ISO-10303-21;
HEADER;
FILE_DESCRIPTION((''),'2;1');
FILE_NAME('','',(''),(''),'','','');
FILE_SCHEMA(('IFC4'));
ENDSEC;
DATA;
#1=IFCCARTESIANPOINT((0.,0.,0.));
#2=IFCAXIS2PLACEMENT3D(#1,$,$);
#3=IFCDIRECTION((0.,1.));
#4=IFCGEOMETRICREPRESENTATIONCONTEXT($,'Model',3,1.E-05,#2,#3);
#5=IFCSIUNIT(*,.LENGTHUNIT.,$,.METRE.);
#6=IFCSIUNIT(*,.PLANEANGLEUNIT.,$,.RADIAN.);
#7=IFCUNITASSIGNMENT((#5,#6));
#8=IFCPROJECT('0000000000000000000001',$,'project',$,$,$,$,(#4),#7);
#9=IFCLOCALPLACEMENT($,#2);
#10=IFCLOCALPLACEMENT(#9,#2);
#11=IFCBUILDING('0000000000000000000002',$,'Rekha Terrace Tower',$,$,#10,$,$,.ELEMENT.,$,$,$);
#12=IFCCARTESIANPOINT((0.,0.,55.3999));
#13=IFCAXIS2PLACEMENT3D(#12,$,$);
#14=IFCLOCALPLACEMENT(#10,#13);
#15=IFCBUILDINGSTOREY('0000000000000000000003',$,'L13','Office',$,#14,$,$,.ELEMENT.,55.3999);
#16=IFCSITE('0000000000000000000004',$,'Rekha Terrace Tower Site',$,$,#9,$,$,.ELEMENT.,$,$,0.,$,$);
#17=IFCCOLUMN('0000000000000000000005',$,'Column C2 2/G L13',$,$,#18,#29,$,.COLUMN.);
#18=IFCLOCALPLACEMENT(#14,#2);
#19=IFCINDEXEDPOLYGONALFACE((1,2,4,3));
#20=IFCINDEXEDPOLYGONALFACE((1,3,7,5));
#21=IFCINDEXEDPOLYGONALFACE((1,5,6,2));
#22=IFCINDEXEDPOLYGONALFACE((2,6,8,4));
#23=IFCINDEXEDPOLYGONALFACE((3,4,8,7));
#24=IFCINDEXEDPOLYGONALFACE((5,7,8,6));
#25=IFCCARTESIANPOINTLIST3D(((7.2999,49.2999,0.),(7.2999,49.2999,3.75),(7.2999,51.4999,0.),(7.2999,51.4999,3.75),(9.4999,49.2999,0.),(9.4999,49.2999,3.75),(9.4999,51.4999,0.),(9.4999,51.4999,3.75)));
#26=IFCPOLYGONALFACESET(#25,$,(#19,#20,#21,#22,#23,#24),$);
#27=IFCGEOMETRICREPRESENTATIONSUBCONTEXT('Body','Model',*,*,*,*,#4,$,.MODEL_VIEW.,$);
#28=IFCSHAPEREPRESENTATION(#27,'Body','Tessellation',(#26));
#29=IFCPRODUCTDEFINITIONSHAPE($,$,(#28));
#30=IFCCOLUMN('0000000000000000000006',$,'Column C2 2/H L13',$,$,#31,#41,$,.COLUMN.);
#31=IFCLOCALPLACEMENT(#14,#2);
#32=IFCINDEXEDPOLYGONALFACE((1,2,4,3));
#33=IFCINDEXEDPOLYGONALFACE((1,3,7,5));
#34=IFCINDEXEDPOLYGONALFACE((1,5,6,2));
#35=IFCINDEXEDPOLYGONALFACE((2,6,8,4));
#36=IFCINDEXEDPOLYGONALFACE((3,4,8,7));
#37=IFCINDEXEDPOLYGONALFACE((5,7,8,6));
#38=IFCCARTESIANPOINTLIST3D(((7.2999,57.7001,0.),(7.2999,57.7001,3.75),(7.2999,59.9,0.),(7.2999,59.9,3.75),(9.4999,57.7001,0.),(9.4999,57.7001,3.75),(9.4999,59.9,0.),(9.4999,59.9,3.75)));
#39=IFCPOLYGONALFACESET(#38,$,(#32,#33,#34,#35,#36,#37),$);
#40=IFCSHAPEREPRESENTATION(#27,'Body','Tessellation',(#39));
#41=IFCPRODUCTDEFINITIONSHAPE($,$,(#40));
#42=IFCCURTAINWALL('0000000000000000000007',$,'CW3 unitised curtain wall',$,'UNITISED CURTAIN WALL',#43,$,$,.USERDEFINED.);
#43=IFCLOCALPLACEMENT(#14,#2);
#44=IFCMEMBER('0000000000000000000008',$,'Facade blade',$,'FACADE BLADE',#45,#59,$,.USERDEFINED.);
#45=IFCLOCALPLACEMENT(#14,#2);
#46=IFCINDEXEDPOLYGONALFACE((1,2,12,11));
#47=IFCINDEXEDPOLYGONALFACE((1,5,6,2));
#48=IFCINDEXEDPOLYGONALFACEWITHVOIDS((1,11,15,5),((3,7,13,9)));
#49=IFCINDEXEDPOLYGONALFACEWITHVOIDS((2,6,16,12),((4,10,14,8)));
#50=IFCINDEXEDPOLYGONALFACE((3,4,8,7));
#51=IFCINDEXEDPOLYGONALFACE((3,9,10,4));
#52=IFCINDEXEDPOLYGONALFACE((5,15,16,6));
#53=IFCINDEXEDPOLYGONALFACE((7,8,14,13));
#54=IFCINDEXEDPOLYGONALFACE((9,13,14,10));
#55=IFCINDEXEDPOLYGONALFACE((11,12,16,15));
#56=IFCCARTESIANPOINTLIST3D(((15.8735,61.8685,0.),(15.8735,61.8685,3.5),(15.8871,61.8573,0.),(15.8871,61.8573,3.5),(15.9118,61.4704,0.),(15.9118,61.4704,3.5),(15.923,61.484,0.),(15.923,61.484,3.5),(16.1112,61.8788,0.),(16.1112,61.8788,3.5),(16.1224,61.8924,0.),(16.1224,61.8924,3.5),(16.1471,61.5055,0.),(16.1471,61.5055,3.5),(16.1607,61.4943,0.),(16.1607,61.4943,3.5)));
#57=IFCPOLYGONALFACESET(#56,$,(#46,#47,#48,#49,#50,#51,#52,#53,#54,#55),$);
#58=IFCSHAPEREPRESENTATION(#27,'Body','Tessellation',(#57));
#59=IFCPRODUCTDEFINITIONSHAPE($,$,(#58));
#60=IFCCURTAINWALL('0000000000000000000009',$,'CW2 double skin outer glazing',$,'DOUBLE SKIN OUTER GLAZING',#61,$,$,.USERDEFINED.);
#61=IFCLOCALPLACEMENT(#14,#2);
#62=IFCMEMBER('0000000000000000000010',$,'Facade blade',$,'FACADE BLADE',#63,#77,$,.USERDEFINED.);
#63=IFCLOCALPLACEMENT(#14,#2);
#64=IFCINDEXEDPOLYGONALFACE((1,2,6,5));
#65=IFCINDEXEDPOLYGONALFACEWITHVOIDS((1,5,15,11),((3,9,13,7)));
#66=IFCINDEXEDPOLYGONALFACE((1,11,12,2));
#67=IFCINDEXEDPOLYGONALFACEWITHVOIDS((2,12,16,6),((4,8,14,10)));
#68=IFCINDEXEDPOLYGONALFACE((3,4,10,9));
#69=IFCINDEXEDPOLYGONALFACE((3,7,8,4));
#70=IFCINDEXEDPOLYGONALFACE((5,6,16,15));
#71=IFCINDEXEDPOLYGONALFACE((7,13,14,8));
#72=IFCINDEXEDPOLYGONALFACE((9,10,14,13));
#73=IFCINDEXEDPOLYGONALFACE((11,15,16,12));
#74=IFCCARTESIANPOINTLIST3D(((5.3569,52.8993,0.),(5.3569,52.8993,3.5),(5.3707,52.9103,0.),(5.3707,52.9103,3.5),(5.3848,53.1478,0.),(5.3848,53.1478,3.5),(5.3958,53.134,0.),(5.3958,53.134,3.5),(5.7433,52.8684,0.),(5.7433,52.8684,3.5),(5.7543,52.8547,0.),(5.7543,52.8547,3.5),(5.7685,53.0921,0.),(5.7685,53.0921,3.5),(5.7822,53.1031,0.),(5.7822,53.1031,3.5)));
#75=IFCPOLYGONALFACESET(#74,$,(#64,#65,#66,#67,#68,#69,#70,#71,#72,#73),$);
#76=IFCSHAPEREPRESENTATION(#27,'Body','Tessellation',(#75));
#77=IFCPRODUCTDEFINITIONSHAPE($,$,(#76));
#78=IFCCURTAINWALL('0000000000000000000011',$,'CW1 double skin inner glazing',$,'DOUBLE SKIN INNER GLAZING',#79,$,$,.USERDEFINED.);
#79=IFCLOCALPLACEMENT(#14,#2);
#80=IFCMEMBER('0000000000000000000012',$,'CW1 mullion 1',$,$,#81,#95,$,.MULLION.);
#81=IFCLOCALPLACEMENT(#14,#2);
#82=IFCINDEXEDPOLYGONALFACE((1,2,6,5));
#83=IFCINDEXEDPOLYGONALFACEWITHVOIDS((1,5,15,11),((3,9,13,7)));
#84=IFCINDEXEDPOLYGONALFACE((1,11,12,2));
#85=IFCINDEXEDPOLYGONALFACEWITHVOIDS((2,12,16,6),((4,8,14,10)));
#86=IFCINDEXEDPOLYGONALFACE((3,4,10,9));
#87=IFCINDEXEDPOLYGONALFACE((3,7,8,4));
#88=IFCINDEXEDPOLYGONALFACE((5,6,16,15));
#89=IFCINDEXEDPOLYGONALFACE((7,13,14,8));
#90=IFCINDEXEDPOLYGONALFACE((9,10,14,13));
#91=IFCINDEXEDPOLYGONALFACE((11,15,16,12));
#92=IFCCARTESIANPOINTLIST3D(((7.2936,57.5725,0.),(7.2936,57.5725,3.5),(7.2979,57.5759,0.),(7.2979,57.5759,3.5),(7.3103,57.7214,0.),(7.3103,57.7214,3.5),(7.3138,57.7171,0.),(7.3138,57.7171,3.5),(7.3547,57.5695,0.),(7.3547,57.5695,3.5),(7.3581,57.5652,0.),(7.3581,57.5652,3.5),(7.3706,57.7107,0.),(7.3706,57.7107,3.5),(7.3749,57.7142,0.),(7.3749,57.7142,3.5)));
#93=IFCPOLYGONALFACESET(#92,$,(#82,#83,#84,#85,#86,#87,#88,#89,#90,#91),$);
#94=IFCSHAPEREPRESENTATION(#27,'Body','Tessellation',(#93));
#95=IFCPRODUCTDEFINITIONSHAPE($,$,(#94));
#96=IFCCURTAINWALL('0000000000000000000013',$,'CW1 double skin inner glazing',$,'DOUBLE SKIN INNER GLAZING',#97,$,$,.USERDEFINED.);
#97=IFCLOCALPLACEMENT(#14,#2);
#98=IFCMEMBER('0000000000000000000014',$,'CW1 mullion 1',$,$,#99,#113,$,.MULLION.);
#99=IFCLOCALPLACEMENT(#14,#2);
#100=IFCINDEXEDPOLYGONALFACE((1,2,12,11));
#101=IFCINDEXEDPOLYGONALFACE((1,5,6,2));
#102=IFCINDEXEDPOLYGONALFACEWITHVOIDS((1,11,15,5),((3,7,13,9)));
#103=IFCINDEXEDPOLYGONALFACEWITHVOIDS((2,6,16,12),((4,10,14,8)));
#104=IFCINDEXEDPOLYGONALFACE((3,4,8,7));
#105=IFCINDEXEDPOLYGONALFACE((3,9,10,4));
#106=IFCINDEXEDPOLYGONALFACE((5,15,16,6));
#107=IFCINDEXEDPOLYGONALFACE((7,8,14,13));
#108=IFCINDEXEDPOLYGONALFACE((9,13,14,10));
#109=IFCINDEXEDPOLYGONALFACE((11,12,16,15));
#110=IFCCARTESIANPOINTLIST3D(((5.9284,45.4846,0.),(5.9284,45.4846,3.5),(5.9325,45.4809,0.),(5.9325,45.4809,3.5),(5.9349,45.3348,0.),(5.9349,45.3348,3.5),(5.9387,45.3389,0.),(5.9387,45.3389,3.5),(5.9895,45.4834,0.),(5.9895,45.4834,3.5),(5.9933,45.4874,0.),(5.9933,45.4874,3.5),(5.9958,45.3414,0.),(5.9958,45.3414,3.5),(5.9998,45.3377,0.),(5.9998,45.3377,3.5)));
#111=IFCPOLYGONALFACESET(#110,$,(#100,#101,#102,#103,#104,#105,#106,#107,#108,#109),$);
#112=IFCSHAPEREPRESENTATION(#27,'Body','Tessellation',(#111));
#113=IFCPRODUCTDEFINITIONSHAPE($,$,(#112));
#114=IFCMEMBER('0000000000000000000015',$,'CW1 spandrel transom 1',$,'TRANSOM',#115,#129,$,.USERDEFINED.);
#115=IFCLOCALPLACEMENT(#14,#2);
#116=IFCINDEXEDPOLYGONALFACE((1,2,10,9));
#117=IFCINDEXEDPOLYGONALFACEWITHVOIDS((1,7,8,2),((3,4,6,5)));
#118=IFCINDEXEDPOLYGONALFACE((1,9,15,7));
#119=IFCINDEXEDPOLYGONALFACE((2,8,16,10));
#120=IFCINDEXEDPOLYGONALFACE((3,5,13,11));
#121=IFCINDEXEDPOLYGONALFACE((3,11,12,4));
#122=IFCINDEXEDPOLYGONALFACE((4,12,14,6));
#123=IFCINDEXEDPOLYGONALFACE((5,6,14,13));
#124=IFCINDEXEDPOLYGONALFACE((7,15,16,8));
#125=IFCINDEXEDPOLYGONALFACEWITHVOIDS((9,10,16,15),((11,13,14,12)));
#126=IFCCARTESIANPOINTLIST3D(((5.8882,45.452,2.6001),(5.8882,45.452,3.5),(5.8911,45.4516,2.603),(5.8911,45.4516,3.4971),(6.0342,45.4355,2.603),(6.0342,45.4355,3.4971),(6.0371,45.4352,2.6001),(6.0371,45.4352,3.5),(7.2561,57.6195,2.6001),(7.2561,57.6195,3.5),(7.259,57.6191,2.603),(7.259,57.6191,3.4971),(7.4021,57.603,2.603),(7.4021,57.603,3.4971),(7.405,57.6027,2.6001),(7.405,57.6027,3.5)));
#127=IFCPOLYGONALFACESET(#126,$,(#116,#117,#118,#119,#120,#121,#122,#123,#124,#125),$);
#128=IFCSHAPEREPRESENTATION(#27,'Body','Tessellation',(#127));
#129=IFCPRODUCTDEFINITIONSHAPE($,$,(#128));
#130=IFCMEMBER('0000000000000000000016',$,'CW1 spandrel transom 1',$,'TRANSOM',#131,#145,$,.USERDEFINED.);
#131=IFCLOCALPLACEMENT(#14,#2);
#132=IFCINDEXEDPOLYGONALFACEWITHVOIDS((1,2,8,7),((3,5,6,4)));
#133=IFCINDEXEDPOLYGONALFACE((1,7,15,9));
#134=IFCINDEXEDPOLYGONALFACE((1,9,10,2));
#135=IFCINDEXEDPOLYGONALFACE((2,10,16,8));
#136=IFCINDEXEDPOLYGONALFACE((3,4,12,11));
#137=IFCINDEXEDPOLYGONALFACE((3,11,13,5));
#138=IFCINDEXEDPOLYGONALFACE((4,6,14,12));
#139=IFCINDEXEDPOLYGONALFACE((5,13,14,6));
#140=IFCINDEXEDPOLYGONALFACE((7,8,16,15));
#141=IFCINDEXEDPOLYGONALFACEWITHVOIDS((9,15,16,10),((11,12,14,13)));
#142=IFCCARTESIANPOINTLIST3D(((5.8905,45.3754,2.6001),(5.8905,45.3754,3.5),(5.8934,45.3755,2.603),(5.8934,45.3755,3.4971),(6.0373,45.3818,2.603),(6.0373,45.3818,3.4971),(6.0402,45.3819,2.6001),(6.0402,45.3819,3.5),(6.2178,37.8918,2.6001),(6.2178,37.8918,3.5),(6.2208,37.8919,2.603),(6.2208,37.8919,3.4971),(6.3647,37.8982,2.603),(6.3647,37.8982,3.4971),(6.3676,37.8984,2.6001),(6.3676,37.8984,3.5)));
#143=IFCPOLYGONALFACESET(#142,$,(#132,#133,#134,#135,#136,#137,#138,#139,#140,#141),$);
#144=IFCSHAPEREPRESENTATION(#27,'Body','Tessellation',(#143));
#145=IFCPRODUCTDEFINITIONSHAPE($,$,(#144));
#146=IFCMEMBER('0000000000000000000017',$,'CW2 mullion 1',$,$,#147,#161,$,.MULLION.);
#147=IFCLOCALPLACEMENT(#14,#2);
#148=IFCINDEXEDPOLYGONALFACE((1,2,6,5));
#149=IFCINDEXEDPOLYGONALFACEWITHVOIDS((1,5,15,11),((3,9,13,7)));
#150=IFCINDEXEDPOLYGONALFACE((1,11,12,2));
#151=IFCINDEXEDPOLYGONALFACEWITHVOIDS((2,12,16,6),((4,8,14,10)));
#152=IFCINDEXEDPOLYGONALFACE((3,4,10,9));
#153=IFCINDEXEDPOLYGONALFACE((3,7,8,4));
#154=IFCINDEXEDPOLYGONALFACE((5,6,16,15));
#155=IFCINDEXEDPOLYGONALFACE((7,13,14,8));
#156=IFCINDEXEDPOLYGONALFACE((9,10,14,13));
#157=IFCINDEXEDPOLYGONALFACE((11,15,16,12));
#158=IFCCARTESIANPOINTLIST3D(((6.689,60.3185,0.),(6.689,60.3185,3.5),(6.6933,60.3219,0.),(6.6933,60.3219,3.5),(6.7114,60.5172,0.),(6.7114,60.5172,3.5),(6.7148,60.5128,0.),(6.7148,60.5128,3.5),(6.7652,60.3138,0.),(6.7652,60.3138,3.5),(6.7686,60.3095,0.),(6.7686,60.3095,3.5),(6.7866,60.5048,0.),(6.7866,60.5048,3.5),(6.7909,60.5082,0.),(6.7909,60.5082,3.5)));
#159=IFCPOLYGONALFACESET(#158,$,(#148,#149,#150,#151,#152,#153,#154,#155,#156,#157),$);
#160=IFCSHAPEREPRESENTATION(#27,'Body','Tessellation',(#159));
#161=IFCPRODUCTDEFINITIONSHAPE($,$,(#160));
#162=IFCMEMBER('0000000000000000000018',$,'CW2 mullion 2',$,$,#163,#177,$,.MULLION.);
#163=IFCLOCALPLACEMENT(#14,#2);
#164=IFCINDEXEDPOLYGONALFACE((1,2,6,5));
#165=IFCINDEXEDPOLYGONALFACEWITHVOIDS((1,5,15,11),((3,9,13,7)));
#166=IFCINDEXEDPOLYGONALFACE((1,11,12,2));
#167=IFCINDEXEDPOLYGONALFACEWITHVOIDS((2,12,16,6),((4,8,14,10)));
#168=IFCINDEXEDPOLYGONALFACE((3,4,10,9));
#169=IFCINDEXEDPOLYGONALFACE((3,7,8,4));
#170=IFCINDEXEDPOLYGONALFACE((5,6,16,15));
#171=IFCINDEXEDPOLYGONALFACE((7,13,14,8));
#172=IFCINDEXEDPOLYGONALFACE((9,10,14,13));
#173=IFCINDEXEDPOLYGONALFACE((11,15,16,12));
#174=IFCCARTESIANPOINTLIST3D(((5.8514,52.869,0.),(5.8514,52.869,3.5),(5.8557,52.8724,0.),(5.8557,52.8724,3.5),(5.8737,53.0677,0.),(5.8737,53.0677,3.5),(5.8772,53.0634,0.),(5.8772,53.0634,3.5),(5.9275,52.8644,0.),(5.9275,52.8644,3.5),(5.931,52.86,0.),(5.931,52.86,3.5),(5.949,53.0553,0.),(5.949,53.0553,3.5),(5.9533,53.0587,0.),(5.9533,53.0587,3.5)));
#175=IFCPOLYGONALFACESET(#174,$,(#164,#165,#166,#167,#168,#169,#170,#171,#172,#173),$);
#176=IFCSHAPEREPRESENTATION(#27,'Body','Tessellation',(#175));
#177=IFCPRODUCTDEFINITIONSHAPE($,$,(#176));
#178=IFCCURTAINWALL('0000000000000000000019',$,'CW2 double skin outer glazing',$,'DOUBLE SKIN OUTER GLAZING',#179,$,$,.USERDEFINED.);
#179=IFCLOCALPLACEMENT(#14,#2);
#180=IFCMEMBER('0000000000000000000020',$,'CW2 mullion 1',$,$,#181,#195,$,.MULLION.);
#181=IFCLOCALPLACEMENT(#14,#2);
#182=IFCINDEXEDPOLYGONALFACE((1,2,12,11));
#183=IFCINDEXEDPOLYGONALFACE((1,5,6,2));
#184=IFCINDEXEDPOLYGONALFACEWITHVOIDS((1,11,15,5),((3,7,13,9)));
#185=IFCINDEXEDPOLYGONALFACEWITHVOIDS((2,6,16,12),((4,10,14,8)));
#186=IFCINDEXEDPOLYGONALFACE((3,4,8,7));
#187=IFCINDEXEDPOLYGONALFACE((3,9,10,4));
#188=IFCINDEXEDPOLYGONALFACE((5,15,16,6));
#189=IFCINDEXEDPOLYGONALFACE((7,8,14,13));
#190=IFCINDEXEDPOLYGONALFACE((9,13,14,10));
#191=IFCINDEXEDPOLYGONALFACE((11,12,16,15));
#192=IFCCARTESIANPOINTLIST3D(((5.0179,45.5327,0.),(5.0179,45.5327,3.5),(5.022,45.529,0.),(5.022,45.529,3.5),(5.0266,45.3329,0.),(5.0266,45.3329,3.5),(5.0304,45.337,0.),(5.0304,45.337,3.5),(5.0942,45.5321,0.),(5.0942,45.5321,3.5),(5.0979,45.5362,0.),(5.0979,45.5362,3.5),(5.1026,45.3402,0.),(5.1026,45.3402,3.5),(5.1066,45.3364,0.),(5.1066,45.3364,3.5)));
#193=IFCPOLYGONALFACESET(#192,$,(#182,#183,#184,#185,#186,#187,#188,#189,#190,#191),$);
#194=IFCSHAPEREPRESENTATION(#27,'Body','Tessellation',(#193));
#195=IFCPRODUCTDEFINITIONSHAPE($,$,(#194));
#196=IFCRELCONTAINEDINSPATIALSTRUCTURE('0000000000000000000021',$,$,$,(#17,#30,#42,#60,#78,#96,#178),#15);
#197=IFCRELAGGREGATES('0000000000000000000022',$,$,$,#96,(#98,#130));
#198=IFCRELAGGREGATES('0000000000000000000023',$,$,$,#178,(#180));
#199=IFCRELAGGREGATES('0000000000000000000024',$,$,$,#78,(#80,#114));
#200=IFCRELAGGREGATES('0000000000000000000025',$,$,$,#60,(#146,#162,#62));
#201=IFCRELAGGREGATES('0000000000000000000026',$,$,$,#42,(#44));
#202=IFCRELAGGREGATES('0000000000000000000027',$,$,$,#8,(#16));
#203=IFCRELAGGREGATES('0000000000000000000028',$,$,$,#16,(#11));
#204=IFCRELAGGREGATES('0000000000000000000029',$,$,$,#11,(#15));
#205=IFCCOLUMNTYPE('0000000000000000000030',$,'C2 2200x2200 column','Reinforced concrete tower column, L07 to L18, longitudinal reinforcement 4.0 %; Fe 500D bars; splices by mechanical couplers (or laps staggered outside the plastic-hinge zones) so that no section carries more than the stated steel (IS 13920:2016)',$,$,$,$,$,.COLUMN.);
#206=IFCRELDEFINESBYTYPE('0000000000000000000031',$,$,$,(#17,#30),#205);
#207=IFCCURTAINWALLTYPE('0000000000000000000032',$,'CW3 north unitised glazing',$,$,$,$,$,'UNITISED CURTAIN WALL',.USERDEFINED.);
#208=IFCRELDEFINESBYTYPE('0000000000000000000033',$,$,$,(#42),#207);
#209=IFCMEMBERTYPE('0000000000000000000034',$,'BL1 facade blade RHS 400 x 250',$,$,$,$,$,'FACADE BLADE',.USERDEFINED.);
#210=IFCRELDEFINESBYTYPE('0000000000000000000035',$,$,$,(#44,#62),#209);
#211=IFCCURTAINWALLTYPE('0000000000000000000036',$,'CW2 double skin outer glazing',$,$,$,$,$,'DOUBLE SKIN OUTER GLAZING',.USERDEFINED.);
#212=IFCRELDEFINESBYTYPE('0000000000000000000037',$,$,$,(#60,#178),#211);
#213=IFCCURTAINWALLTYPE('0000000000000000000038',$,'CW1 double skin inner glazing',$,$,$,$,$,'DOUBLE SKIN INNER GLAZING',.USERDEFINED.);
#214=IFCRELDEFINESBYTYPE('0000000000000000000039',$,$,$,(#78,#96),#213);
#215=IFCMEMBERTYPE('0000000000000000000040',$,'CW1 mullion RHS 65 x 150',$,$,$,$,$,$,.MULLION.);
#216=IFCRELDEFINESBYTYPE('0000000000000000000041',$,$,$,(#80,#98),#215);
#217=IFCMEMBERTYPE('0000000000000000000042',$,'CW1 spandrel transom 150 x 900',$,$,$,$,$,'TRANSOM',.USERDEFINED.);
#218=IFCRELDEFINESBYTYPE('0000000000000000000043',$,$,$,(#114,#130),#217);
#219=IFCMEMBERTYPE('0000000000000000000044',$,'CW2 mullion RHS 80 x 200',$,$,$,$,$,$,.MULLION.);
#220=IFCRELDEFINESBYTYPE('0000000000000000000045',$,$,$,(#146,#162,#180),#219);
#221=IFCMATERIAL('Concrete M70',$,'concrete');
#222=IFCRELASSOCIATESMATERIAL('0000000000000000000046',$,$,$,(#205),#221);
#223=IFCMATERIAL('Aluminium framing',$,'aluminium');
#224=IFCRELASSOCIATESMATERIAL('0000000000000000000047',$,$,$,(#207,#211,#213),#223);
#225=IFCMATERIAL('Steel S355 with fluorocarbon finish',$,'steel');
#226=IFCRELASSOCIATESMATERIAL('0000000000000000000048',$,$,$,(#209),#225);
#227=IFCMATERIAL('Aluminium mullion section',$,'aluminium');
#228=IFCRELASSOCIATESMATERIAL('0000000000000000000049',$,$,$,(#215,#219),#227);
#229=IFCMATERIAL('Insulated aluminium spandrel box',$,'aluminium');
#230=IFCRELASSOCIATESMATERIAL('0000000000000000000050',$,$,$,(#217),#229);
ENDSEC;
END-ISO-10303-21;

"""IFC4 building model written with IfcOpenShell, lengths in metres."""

from ifc_helpers import new_model, si_unit, direction, frame, origin, origin_2d, place, context, subcontext, project, spatial, rectangle, hollow_rectangle, extrude, material, material_profile, profile_set, type_object, element, aggregate, save


model = new_model("IFC4")

# Units and contexts
model_context = context("Model", 3, precision=1e-05, world=origin(), true_north=direction((0.0, 1.0)))
body_context = subcontext(model_context, "Body", "Model", "MODEL_VIEW")
ifc_project = project(units=[si_unit("LENGTHUNIT", "METRE"), si_unit("PLANEANGLEUNIT", "RADIAN")], contexts=[model_context])

# Site, building, storey
site_placement = place(None, origin())
site = spatial("IfcSite", under=ifc_project, at=site_placement, Name="Rekha Terrace Tower Site", CompositionType="ELEMENT", RefElevation=0.0)
building_placement = place(site_placement, origin())
building = spatial("IfcBuilding", under=site, at=building_placement, Name="Rekha Terrace Tower", CompositionType="ELEMENT")
storey_placement = place(building_placement, frame((0.0, 0.0, 55.3999)))
storey = spatial("IfcBuildingStorey", under=building, at=storey_placement, Name="L13", Description="Office", CompositionType="ELEMENT", Elevation=55.3999)

# Columns
ifc_material_1 = material(Name="Concrete M70", Category="concrete")
ifc_material_profile_1 = material_profile(ifc_material_1, rectangle(XDim=2.2, YDim=2.2, at=origin_2d()), Name="RC 2200x2200")
ifc_profile_set_1 = profile_set([ifc_material_profile_1], Name="Concrete M70")
column_type = type_object("IfcColumnType", Name="C2 2200x2200 column", Description="Reinforced concrete tower column, L07 to L18, longitudinal reinforcement 4.0 %; Fe 500D bars; splices by mechanical couplers (or laps staggered outside the plastic-hinge zones) so that no section carries more than the stated steel (IS 13920:2016)", PredefinedType="COLUMN", material=ifc_profile_set_1)
for number, where, z_axis, x_axis, name in (
    (1, (8.3999, 50.3999, 0.0), (0.0, 0.0, 1.0), (1.0, 0.0, 0.0), "Column C2 2/G L13"),
    (2, (8.3999, 58.8, 0.0), (0.0, 0.0, 1.0), (1.0, 0.0, 0.0), "Column C2 2/H L13"),
):
    element("IfcColumn", number, at=place(storey_placement, frame(where, z_axis=z_axis, x_axis=x_axis)), inside=storey, type_object=column_type, Name=name, PredefinedType="COLUMN", context=body_context, shape_type="SweptSolid", body=[
        extrude(rectangle(XDim=2.2, YDim=2.2, at=origin_2d()), origin(), (0.0, 0.0, 1.0), 3.75),
    ])

# Curtain walls, members
ifc_material_2 = material(Name="Aluminium framing", Category="aluminium")
curtain_wall_type_1 = type_object("IfcCurtainWallType", Name="CW3 north unitised glazing", ElementType="UNITISED CURTAIN WALL", PredefinedType="USERDEFINED", material=ifc_material_2)
curtain_wall_1_placement = place(storey_placement, origin())
curtain_wall_1 = element("IfcCurtainWall", 3, at=curtain_wall_1_placement, inside=storey, type_object=curtain_wall_type_1, Name="CW3 unitised curtain wall", ObjectType="UNITISED CURTAIN WALL", PredefinedType="USERDEFINED")
ifc_material_3 = material(Name="Steel S355 with fluorocarbon finish", Category="steel")
ifc_material_profile_2 = material_profile(ifc_material_3, hollow_rectangle(XDim=0.25, YDim=0.3999, WallThickness=0.0125, at=origin_2d()), Name="RHS400x250x12.5")
ifc_profile_set_2 = profile_set([ifc_material_profile_2], Name="Steel S355 with fluorocarbon finish")
member_type_1 = type_object("IfcMemberType", Name="BL1 facade blade RHS 400 x 250", ElementType="FACADE BLADE", PredefinedType="USERDEFINED", material=ifc_profile_set_2)
member_1_placement = place(storey_placement, frame((16.0171, 61.6814, 0.0), z_axis=(0.0, 0.0, 1.0), x_axis=(-0.995409, -0.095712, 0.0)))
member_1 = element("IfcMember", 4, at=member_1_placement, type_object=member_type_1, Name="Facade blade", ObjectType="FACADE BLADE", PredefinedType="USERDEFINED", context=body_context, shape_type="SweptSolid", body=[
    extrude(hollow_rectangle(XDim=0.25, YDim=0.3999, WallThickness=0.0125, at=origin_2d()), origin(), (0.0, 0.0, 1.0), 3.5),
])
curtain_wall_type_2 = type_object("IfcCurtainWallType", Name="CW2 double skin outer glazing", ElementType="DOUBLE SKIN OUTER GLAZING", PredefinedType="USERDEFINED", material=ifc_material_2)
curtain_wall_2_placement = place(storey_placement, origin())
curtain_wall_2 = element("IfcCurtainWall", 5, at=curtain_wall_2_placement, inside=storey, type_object=curtain_wall_type_2, Name="CW2 double skin outer glazing", ObjectType="DOUBLE SKIN OUTER GLAZING", PredefinedType="USERDEFINED")
member_2_placement = place(storey_placement, frame((5.5696, 53.0012, 0.0), z_axis=(0.0, 0.0, 1.0), x_axis=(-0.111729, -0.993739, 0.0)))
member_2 = element("IfcMember", 6, at=member_2_placement, type_object=member_type_1, Name="Facade blade", ObjectType="FACADE BLADE", PredefinedType="USERDEFINED", context=body_context, shape_type="SweptSolid", body=[
    extrude(hollow_rectangle(XDim=0.25, YDim=0.3999, WallThickness=0.0125, at=origin_2d()), origin(), (0.0, 0.0, 1.0), 3.5),
])
curtain_wall_type_3 = type_object("IfcCurtainWallType", Name="CW1 double skin inner glazing", ElementType="DOUBLE SKIN INNER GLAZING", PredefinedType="USERDEFINED", material=ifc_material_2)
curtain_wall_3_placement = place(storey_placement, origin())
curtain_wall_3 = element("IfcCurtainWall", 7, at=curtain_wall_3_placement, inside=storey, type_object=curtain_wall_type_3, Name="CW1 double skin inner glazing", ObjectType="DOUBLE SKIN INNER GLAZING", PredefinedType="USERDEFINED")
ifc_material_4 = material(Name="Aluminium mullion section", Category="aluminium")
ifc_material_profile_3 = material_profile(ifc_material_4, hollow_rectangle(XDim=0.0649, YDim=0.1499, WallThickness=0.0039, at=origin_2d()), Name="AL RHS 65x150")
ifc_profile_set_3 = profile_set([ifc_material_profile_3], Name="Aluminium mullion section")
member_type_2 = type_object("IfcMemberType", Name="CW1 mullion RHS 65 x 150", PredefinedType="MULLION", material=ifc_profile_set_3)
member_3_placement = place(storey_placement, frame((7.3342, 57.6433, 0.0), z_axis=(0.0, 0.0, 1.0), x_axis=(0.993739, -0.11173, 0.0)))
member_3 = element("IfcMember", 8, at=member_3_placement, type_object=member_type_2, Name="CW1 mullion 1", PredefinedType="MULLION", context=body_context, shape_type="SweptSolid", body=[
    extrude(hollow_rectangle(XDim=0.0649, YDim=0.1499, WallThickness=0.0039, at=origin_2d()), origin(), (0.0, 0.0, 1.0), 3.5),
])
curtain_wall_4_placement = place(storey_placement, origin())
curtain_wall_4 = element("IfcCurtainWall", 9, at=curtain_wall_4_placement, inside=storey, type_object=curtain_wall_type_3, Name="CW1 double skin inner glazing", ObjectType="DOUBLE SKIN INNER GLAZING", PredefinedType="USERDEFINED")
member_4_placement = place(storey_placement, frame((5.9641, 45.4111, 0.0), z_axis=(0.0, 0.0, 1.0), x_axis=(0.999045, 0.043683, 0.0)))
member_4 = element("IfcMember", 10, at=member_4_placement, type_object=member_type_2, Name="CW1 mullion 1", PredefinedType="MULLION", context=body_context, shape_type="SweptSolid", body=[
    extrude(hollow_rectangle(XDim=0.0649, YDim=0.1499, WallThickness=0.0039, at=origin_2d()), origin(), (0.0, 0.0, 1.0), 3.5),
])

# Members
ifc_material_5 = material(Name="Insulated aluminium spandrel box", Category="aluminium")
ifc_material_profile_4 = material_profile(ifc_material_5, hollow_rectangle(XDim=0.1499, YDim=0.8999, WallThickness=0.0029, at=origin_2d()), Name="AL SPANDREL BOX 150x900")
ifc_profile_set_4 = profile_set([ifc_material_profile_4], Name="Insulated aluminium spandrel box")
member_type_3 = type_object("IfcMemberType", Name="CW1 spandrel transom 150 x 900", ElementType="TRANSOM", PredefinedType="USERDEFINED", material=ifc_profile_set_4)
member_5_placement = place(storey_placement, frame((7.3306, 57.6111, 3.05), z_axis=(-0.11172, -0.99374, 0.0), x_axis=(0.99374, -0.11172, 0.0)))
member_5 = element("IfcMember", 11, at=member_5_placement, type_object=member_type_3, Name="CW1 spandrel transom 1", ObjectType="TRANSOM", PredefinedType="USERDEFINED", context=body_context, shape_type="SweptSolid", body=[
    extrude(hollow_rectangle(XDim=0.1499, YDim=0.8999, WallThickness=0.0029, at=origin_2d()), origin(), (0.0, 0.0, 1.0), 12.2441),
])
member_6_placement = place(storey_placement, frame((5.9653, 45.3787, 3.05), z_axis=(0.043706, -0.999044, 0.0), x_axis=(0.999044, 0.043706, 0.0)))
member_6 = element("IfcMember", 12, at=member_6_placement, type_object=member_type_3, Name="CW1 spandrel transom 1", ObjectType="TRANSOM", PredefinedType="USERDEFINED", context=body_context, shape_type="SweptSolid", body=[
    extrude(hollow_rectangle(XDim=0.1499, YDim=0.8999, WallThickness=0.0029, at=origin_2d()), origin(), (0.0, 0.0, 1.0), 7.4907),
])
aggregate(curtain_wall_4, [member_4, member_6])
ifc_material_profile_5 = material_profile(ifc_material_4, hollow_rectangle(XDim=0.0801, YDim=0.2, WallThickness=0.0039, at=origin_2d()), Name="AL RHS 80x200")
ifc_profile_set_5 = profile_set([ifc_material_profile_5], Name="Aluminium mullion section")
member_type_4 = type_object("IfcMemberType", Name="CW2 mullion RHS 80 x 200", PredefinedType="MULLION", material=ifc_profile_set_5)
member_7_placement = place(storey_placement, frame((6.74, 60.4133, 0.0), z_axis=(0.0, 0.0, 1.0), x_axis=(0.993739, -0.11173, 0.0)))
member_7 = element("IfcMember", 13, at=member_7_placement, type_object=member_type_4, Name="CW2 mullion 1", PredefinedType="MULLION", context=body_context, shape_type="SweptSolid", body=[
    extrude(hollow_rectangle(XDim=0.0801, YDim=0.2, WallThickness=0.0039, at=origin_2d()), origin(), (0.0, 0.0, 1.0), 3.5),
])
member_8_placement = place(storey_placement, frame((5.9023, 52.9639, 0.0), z_axis=(0.0, 0.0, 1.0), x_axis=(0.993739, -0.11173, 0.0)))
member_8 = element("IfcMember", 14, at=member_8_placement, type_object=member_type_4, Name="CW2 mullion 2", PredefinedType="MULLION", context=body_context, shape_type="SweptSolid", body=[
    extrude(hollow_rectangle(XDim=0.0801, YDim=0.2, WallThickness=0.0039, at=origin_2d()), origin(), (0.0, 0.0, 1.0), 3.5),
])

# Curtain wall, member
curtain_wall_5_placement = place(storey_placement, origin())
curtain_wall_5 = element("IfcCurtainWall", 15, at=curtain_wall_5_placement, inside=storey, type_object=curtain_wall_type_2, Name="CW2 double skin outer glazing", ObjectType="DOUBLE SKIN OUTER GLAZING", PredefinedType="USERDEFINED")
member_9_placement = place(storey_placement, frame((5.0623, 45.4346, 0.0), z_axis=(0.0, 0.0, 1.0), x_axis=(0.999045, 0.043683, 0.0)))
member_9 = element("IfcMember", 16, at=member_9_placement, type_object=member_type_4, Name="CW2 mullion 1", PredefinedType="MULLION", context=body_context, shape_type="SweptSolid", body=[
    extrude(hollow_rectangle(XDim=0.0801, YDim=0.2, WallThickness=0.0039, at=origin_2d()), origin(), (0.0, 0.0, 1.0), 3.5),
])

aggregate(curtain_wall_5, [member_9])

aggregate(curtain_wall_3, [member_3, member_5])
aggregate(curtain_wall_2, [member_7, member_8, member_2])
aggregate(curtain_wall_1, [member_1])

save(model, "model.ifc")
